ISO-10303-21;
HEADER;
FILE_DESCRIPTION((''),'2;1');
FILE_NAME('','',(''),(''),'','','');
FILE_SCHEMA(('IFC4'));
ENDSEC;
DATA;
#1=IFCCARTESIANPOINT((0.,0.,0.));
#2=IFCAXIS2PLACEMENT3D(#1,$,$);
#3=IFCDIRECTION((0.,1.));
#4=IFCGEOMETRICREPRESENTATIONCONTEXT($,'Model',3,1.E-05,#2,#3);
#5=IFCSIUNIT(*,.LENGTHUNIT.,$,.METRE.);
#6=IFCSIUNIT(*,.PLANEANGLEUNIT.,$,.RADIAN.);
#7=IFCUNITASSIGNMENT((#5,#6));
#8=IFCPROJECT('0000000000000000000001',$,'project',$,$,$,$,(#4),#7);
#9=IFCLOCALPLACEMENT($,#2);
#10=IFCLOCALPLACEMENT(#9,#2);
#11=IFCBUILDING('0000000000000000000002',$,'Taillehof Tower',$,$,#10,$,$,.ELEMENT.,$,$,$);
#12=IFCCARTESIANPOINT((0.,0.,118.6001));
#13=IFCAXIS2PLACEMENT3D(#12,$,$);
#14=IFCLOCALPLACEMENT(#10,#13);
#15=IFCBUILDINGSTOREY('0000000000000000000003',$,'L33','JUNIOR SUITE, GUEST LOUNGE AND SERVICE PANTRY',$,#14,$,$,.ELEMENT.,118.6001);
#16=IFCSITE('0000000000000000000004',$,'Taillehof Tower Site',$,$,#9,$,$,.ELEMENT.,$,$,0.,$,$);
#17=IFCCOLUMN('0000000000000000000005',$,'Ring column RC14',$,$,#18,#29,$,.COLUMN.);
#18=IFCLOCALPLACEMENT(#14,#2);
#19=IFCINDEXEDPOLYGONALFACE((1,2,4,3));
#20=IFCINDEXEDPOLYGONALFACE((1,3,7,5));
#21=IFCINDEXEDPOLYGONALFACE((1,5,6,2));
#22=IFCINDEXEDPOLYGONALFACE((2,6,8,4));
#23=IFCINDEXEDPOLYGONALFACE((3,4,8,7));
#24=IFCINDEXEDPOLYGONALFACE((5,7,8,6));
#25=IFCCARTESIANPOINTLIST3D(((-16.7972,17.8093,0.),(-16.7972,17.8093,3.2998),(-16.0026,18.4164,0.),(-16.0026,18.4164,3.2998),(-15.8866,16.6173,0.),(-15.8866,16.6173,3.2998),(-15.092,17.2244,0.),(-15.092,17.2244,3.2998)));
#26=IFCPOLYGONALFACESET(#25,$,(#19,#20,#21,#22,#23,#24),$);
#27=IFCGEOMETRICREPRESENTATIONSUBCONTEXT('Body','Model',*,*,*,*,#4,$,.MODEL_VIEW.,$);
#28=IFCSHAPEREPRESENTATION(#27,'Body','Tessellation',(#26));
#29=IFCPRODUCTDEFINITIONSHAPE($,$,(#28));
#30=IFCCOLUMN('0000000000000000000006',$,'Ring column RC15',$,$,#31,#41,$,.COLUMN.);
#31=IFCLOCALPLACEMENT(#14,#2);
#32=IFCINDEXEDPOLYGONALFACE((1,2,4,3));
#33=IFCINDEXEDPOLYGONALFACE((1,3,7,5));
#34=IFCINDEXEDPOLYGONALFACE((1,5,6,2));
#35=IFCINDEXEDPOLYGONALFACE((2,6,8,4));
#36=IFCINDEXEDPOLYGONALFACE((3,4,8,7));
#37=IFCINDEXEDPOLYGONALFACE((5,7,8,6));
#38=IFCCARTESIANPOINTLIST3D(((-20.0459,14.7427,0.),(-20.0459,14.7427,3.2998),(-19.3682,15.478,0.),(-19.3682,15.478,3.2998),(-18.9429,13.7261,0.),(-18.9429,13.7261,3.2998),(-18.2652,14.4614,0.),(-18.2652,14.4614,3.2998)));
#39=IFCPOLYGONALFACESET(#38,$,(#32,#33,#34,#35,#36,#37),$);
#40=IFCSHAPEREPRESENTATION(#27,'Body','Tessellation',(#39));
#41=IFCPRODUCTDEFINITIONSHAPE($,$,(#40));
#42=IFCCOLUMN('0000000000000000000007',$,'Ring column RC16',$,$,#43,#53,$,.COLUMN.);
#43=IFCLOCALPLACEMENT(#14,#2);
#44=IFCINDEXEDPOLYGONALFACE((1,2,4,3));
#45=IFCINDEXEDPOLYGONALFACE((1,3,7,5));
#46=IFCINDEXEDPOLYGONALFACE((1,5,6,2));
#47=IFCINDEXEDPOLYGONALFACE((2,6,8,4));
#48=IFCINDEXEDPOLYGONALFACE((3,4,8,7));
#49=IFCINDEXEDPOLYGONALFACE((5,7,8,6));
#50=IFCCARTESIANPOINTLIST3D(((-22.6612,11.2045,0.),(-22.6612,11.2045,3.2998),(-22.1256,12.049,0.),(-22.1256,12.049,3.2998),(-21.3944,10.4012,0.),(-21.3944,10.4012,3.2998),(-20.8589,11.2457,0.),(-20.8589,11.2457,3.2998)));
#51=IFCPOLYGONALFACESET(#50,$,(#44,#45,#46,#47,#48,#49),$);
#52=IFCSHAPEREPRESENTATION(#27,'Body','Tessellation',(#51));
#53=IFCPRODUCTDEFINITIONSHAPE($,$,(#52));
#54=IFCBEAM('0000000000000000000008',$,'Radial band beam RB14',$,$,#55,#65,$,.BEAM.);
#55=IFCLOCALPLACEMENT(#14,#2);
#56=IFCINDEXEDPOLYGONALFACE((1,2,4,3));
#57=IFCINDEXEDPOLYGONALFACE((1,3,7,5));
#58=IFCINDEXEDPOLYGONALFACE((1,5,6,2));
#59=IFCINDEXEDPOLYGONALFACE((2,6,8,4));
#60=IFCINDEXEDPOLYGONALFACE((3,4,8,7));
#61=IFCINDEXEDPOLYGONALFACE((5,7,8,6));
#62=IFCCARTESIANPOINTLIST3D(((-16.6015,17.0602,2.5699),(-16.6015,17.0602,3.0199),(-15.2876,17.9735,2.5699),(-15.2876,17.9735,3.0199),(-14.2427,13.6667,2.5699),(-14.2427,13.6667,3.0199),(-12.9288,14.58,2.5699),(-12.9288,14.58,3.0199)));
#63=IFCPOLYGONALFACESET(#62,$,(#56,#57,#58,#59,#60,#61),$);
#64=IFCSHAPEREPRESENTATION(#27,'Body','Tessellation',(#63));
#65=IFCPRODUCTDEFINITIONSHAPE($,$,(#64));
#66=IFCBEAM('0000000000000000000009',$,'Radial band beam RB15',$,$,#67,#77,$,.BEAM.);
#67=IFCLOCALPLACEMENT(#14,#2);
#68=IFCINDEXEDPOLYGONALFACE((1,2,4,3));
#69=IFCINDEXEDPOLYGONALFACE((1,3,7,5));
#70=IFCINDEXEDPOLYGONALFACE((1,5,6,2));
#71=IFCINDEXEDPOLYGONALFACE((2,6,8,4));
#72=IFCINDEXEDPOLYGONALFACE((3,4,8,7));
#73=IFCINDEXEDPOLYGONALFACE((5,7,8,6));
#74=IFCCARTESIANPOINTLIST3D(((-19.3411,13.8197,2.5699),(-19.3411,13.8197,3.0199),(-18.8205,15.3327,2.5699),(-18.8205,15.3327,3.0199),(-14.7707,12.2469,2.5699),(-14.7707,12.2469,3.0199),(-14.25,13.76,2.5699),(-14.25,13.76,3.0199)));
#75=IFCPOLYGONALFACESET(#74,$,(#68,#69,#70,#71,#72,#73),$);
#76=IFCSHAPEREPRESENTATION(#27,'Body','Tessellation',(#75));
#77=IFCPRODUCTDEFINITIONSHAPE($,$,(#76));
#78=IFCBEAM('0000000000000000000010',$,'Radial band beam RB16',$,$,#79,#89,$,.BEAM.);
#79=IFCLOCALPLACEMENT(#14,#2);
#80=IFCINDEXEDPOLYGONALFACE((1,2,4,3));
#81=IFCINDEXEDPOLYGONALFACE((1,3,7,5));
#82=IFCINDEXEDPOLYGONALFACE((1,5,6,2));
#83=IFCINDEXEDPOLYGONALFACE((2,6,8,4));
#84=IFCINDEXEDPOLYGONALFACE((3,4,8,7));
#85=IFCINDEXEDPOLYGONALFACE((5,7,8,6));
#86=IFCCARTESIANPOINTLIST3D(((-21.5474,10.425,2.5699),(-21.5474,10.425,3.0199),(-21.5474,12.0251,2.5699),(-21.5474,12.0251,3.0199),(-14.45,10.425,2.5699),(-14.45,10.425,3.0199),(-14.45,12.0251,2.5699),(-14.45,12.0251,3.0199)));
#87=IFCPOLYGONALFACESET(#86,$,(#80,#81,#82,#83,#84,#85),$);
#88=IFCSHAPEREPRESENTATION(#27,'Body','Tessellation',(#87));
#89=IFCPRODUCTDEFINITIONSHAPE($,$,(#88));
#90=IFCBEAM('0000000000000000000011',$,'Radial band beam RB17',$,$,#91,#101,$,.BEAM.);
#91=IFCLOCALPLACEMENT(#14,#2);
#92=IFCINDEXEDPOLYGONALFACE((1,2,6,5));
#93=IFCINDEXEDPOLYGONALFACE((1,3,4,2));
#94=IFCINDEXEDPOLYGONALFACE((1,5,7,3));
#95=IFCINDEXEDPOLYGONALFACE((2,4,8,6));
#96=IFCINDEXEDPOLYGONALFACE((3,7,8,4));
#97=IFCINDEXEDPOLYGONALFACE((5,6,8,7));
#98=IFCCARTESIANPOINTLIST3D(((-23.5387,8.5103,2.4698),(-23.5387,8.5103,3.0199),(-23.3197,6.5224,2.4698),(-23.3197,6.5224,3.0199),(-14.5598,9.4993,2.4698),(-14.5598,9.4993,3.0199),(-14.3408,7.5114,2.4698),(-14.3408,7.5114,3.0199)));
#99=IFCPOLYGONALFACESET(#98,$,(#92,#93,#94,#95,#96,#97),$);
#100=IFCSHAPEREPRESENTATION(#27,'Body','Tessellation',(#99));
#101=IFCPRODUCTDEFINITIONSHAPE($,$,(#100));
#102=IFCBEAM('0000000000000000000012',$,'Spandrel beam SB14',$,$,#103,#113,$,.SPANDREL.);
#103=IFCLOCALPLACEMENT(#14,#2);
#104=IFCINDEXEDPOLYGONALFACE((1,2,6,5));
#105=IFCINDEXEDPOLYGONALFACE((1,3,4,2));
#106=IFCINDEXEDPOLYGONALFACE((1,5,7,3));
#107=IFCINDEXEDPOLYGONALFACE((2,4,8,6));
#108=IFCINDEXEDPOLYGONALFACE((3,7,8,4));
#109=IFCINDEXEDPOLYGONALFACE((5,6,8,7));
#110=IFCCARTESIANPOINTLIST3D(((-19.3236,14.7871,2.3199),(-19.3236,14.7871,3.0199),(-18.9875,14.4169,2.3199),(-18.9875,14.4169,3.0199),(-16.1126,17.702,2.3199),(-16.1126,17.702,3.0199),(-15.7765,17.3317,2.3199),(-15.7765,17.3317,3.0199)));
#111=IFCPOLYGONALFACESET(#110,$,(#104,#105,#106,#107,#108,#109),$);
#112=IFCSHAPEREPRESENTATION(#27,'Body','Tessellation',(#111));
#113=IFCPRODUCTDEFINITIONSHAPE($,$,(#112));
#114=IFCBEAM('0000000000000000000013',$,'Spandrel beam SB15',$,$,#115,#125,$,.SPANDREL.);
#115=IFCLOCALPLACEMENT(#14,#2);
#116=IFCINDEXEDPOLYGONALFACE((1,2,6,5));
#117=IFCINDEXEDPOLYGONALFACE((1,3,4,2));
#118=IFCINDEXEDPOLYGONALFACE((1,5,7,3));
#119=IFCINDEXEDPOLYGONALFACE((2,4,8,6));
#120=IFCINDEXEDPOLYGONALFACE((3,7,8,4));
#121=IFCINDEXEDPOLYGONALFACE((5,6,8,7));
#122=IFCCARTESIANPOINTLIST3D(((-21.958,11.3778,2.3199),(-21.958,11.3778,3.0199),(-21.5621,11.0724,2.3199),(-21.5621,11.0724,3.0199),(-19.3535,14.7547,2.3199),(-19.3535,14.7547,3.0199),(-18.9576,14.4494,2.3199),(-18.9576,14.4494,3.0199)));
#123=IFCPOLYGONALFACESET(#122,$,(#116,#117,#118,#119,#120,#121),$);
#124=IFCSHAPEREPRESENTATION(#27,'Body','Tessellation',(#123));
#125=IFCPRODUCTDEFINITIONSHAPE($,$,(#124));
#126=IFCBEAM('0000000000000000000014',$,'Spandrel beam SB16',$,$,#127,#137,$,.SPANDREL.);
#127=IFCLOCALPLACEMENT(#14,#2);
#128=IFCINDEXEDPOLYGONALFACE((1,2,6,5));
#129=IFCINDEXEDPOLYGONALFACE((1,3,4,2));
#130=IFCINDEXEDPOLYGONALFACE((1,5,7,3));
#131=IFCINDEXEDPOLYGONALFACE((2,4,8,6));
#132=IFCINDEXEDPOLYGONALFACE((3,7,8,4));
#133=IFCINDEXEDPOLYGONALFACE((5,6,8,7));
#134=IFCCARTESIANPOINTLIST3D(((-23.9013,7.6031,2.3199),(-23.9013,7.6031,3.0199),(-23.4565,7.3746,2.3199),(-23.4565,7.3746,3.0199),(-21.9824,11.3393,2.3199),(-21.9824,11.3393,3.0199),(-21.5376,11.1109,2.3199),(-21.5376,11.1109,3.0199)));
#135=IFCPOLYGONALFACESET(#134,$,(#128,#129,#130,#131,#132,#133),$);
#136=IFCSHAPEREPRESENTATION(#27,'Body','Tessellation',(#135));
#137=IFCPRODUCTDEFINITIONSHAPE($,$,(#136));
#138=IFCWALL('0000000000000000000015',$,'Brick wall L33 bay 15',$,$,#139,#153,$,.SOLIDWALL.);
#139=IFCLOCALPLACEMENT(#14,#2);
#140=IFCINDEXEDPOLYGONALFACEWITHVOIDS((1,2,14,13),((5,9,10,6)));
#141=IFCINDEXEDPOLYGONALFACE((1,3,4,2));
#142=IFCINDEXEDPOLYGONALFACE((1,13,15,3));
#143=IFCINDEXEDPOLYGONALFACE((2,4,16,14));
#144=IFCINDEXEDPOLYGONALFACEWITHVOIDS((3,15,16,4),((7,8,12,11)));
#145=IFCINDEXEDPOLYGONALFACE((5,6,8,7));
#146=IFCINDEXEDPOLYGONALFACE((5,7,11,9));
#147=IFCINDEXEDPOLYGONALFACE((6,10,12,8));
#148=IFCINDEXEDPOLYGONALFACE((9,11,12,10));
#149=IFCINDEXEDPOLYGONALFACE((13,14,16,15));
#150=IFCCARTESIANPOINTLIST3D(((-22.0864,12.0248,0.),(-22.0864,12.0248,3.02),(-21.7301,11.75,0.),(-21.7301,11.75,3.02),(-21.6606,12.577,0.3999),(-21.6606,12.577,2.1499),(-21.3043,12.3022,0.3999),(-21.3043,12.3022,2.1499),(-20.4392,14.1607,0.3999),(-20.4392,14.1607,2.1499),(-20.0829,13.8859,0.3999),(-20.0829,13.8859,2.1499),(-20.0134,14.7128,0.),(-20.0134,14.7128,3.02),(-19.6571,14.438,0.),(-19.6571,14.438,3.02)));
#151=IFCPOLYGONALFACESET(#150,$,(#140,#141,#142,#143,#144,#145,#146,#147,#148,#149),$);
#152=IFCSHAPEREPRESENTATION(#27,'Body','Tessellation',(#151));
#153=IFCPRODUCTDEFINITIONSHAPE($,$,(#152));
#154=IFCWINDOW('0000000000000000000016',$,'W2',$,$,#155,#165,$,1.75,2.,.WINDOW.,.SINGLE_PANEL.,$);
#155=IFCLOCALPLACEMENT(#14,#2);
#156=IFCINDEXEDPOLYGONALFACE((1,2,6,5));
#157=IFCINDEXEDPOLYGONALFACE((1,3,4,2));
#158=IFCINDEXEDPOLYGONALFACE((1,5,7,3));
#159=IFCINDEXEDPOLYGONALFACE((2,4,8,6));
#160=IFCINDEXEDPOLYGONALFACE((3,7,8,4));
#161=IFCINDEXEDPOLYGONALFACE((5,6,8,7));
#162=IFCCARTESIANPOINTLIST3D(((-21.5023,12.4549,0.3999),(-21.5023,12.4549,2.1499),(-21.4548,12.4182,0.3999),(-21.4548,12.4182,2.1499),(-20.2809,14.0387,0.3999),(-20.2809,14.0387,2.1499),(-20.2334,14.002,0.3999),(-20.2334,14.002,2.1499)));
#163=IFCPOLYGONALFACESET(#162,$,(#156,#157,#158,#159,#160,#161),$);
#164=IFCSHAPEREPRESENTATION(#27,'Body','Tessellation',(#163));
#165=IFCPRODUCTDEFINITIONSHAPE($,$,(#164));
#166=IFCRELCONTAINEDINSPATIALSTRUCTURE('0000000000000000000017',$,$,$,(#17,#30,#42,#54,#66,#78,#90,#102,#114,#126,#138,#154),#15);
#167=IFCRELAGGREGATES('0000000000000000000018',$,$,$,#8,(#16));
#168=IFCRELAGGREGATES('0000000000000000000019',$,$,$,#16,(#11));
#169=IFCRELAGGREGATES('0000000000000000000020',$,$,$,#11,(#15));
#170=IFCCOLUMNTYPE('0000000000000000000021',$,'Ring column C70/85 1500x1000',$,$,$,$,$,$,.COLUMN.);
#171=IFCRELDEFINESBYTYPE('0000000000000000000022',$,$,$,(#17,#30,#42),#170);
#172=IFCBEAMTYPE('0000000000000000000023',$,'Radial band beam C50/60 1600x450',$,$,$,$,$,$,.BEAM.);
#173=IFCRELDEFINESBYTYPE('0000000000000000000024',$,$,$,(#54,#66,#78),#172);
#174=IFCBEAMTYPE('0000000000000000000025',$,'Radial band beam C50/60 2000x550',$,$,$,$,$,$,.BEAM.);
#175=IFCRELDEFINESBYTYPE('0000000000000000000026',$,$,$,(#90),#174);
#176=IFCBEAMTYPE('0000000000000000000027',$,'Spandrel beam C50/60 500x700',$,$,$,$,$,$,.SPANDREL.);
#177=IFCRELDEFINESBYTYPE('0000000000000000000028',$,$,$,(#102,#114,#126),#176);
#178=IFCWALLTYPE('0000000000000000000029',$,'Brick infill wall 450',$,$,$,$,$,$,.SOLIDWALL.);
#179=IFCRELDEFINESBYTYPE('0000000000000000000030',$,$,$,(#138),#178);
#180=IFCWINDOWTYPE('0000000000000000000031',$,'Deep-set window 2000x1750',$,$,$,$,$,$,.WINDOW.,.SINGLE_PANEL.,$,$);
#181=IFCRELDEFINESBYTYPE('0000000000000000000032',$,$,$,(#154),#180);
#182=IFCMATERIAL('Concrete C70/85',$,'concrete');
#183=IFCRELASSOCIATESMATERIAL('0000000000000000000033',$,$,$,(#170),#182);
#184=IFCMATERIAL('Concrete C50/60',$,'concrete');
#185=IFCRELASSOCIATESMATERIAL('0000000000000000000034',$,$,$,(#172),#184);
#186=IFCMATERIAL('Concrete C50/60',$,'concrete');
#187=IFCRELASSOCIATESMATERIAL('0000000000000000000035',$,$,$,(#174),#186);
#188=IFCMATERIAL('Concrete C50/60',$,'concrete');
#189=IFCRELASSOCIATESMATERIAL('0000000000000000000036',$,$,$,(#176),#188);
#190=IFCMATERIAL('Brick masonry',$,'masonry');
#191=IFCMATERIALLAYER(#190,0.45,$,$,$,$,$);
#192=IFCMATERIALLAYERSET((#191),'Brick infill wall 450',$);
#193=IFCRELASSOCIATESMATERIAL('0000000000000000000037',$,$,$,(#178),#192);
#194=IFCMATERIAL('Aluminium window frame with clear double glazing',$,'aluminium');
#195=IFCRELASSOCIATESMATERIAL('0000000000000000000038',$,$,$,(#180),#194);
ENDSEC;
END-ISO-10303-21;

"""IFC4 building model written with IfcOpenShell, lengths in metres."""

from ifc_helpers import new_model, si_unit, direction, frame, frame_2d, origin, origin_2d, place, context, subcontext, project, spatial, rectangle, extrude, material, layer, layer_set, material_profile, profile_set, type_object, element, fill, save


model = new_model("IFC4")

# Units and contexts
model_context = context("Model", 3, precision=1e-05, world=origin(), true_north=direction((0.0, 1.0)))
body_context = subcontext(model_context, "Body", "Model", "MODEL_VIEW")
ifc_project = project(units=[si_unit("LENGTHUNIT", "METRE"), si_unit("PLANEANGLEUNIT", "RADIAN")], contexts=[model_context])

# Site, building, storey
site_placement = place(None, origin())
site = spatial("IfcSite", under=ifc_project, at=site_placement, Name="Taillehof Tower Site", CompositionType="ELEMENT", RefElevation=0.0)
building_placement = place(site_placement, origin())
building = spatial("IfcBuilding", under=site, at=building_placement, Name="Taillehof Tower", CompositionType="ELEMENT")
storey_placement = place(building_placement, frame((0.0, 0.0, 118.6001)))
storey = spatial("IfcBuildingStorey", under=building, at=storey_placement, Name="L33", Description="JUNIOR SUITE, GUEST LOUNGE AND SERVICE PANTRY", CompositionType="ELEMENT", Elevation=118.6001)

# Columns
ifc_material_1 = material(Name="Concrete C70/85", Category="concrete")
ifc_material_profile_1 = material_profile(ifc_material_1, rectangle(XDim=1.5, YDim=1.0, at=origin_2d()), Name="RC 1500x1000")
ifc_profile_set_1 = profile_set([ifc_material_profile_1], Name="Concrete C70/85")
column_type = type_object("IfcColumnType", Name="Ring column C70/85 1500x1000", PredefinedType="COLUMN", material=ifc_profile_set_1)
for number, where, z_axis, x_axis, name in (
    (1, (-15.9446, 17.5168, 0.0), (0.0, 0.0, 1.0), (-0.607074, 0.794645, 0.0), "Ring column RC14"),
    (2, (-19.1555, 14.6021, 0.0), (0.0, 0.0, 1.0), (-0.735332, 0.677707, 0.0), "Ring column RC15"),
    (3, (-21.76, 11.2251, 0.0), (0.0, 0.0, 1.0), (-0.844511, 0.535537, 0.0), "Ring column RC16"),
):
    element("IfcColumn", number, at=place(storey_placement, frame(where, z_axis=z_axis, x_axis=x_axis)), inside=storey, type_object=column_type, Name=name, PredefinedType="COLUMN", context=body_context, shape_type="SweptSolid", body=[
        extrude(rectangle(XDim=1.5, YDim=1.0, at=origin_2d()), origin(), (0.0, 0.0, 1.0), 3.2998),
    ])

# Beams
ifc_material_2 = material(Name="Concrete C50/60", Category="concrete")
ifc_material_profile_2 = material_profile(ifc_material_2, rectangle(XDim=1.6001, YDim=0.45, at=origin_2d()), Name="RC 1600x450")
ifc_profile_set_2 = profile_set([ifc_material_profile_2], Name="Concrete C50/60")
beam_type_1 = type_object("IfcBeamType", Name="Radial band beam C50/60 1600x450", PredefinedType="BEAM", material=ifc_profile_set_2)
beam_1_placement = place(storey_placement, frame((-15.9446, 17.5168, 2.7949), z_axis=(0.570763, -0.821115, 0.0), x_axis=(0.821115, 0.570763, 0.0)))
element("IfcBeam", 4, at=beam_1_placement, inside=storey, type_object=beam_type_1, Name="Radial band beam RB14", PredefinedType="BEAM", context=body_context, shape_type="SweptSolid", body=[
    extrude(rectangle(XDim=1.6001, YDim=0.45, at=origin_2d()), origin(), (0.0, 0.0, 1.0), 4.1328),
])
beam_2_placement = place(storey_placement, frame((-19.0808, 14.5762, 2.7949), z_axis=(0.945583, -0.32538, 0.0), x_axis=(0.32538, 0.945583, 0.0)))
element("IfcBeam", 5, at=beam_2_placement, inside=storey, type_object=beam_type_1, Name="Radial band beam RB15", PredefinedType="BEAM", context=body_context, shape_type="SweptSolid", body=[
    extrude(rectangle(XDim=1.6001, YDim=0.45, at=origin_2d()), origin(), (0.0, 0.0, 1.0), 4.8335),
])
beam_3_placement = place(storey_placement, frame((-21.5474, 11.2251, 2.7949), z_axis=(1.0, 0.0, 0.0), x_axis=(0.0, 1.0, 0.0)))
element("IfcBeam", 6, at=beam_3_placement, inside=storey, type_object=beam_type_1, Name="Radial band beam RB16", PredefinedType="BEAM", context=body_context, shape_type="SweptSolid", body=[
    extrude(rectangle(XDim=1.6001, YDim=0.45, at=origin_2d()), origin(), (0.0, 0.0, 1.0), 7.0974),
])
ifc_material_3 = material(Name="Concrete C50/60", Category="concrete")
ifc_material_profile_3 = material_profile(ifc_material_3, rectangle(XDim=2.0, YDim=0.55, at=origin_2d()), Name="RC 2000x550")
ifc_profile_set_3 = profile_set([ifc_material_profile_3], Name="Concrete C50/60")
beam_type_2 = type_object("IfcBeamType", Name="Radial band beam C50/60 2000x550", PredefinedType="BEAM", material=ifc_profile_set_3)
beam_4_placement = place(storey_placement, frame((-23.4292, 7.5164, 2.7449), z_axis=(0.993988, 0.109485, 0.0), x_axis=(-0.109485, 0.993988, 0.0)))
element("IfcBeam", 7, at=beam_4_placement, inside=storey, type_object=beam_type_2, Name="Radial band beam RB17", PredefinedType="BEAM", context=body_context, shape_type="SweptSolid", body=[
    extrude(rectangle(XDim=2.0, YDim=0.55, at=origin_2d()), origin(), (0.0, 0.0, 1.0), 9.0332),
])
ifc_material_4 = material(Name="Concrete C50/60", Category="concrete")
ifc_material_profile_4 = material_profile(ifc_material_4, rectangle(XDim=0.5, YDim=0.7, at=origin_2d()), Name="RC 500x700")
ifc_profile_set_4 = profile_set([ifc_material_profile_4], Name="Concrete C50/60")
beam_type_3 = type_object("IfcBeamType", Name="Spandrel beam C50/60 500x700", PredefinedType="SPANDREL", material=ifc_profile_set_4)
beam_5_placement = place(storey_placement, frame((-15.9446, 17.5168, 2.6699), z_axis=(-0.740426, -0.672137, 0.0), x_axis=(0.672137, -0.740426, 0.0)))
element("IfcBeam", 8, at=beam_5_placement, inside=storey, type_object=beam_type_3, Name="Spandrel beam SB14", PredefinedType="SPANDREL", context=body_context, shape_type="SweptSolid", body=[
    extrude(rectangle(XDim=0.5, YDim=0.7, at=origin_2d()), origin(), (0.0, 0.0, 1.0), 4.3367),
])
beam_6_placement = place(storey_placement, frame((-19.1555, 14.6021, 2.6699), z_axis=(-0.610717, -0.791849, 0.0), x_axis=(0.791849, -0.610717, 0.0)))
element("IfcBeam", 9, at=beam_6_placement, inside=storey, type_object=beam_type_3, Name="Spandrel beam SB15", PredefinedType="SPANDREL", context=body_context, shape_type="SweptSolid", body=[
    extrude(rectangle(XDim=0.5, YDim=0.7, at=origin_2d()), origin(), (0.0, 0.0, 1.0), 4.2646),
])
beam_7_placement = place(storey_placement, frame((-21.76, 11.2251, 2.6699), z_axis=(-0.456859, -0.889539, 0.0), x_axis=(0.889539, -0.456859, 0.0)))
element("IfcBeam", 10, at=beam_7_placement, inside=storey, type_object=beam_type_3, Name="Spandrel beam SB16", PredefinedType="SPANDREL", context=body_context, shape_type="SweptSolid", body=[
    extrude(rectangle(XDim=0.5, YDim=0.7, at=origin_2d()), origin(), (0.0, 0.0, 1.0), 4.2002),
])

# Wall, opening, window
ifc_material_5 = material(Name="Brick masonry", Category="masonry")
ifc_layer_1 = layer(ifc_material_5, 0.45)
ifc_layer_set_1 = layer_set([ifc_layer_1], Name="Brick infill wall 450")
wall_type_1 = type_object("IfcWallType", Name="Brick infill wall 450", PredefinedType="SOLIDWALL", material=ifc_layer_set_1)
wall_1_placement = place(storey_placement, frame((-19.8352, 14.5754, 0.0), z_axis=(0.0, 0.0, 1.0), x_axis=(-0.610694, -0.791867, 0.0)))
wall_1 = element("IfcWall", 11, at=wall_1_placement, inside=storey, type_object=wall_type_1, Name="Brick wall L33 bay 15", PredefinedType="SOLIDWALL", context=body_context, shape_type="SweptSolid", body=[
    extrude(rectangle(XDim=3.3945, YDim=0.45, at=frame_2d((1.6973, 0.0))), origin(), (0.0, 0.0, 1.0), 3.02),
])
opening_1_placement = place(wall_1_placement, frame((0.6973, 0.0, 0.3999)))
opening_1 = element("IfcOpeningElement", 12, at=opening_1_placement, cuts=wall_1, PredefinedType="OPENING", context=body_context, shape_type="SweptSolid", body=[
    extrude(rectangle(XDim=2.0, YDim=1.75, at=frame_2d((1.0, 0.875))), frame((0.0, 0.2349, 0.0), z_axis=(0.0, -1.0, 0.0), x_axis=(1.0, 0.0, 0.0)), (0.0, 0.0, 1.0), 0.47),
])
ifc_material_6 = material(Name="Aluminium window frame with clear double glazing", Category="aluminium")
window_type_1 = type_object("IfcWindowType", Name="Deep-set window 2000x1750", PartitioningType="SINGLE_PANEL", PredefinedType="WINDOW", material=ifc_material_6)
window_1_placement = place(opening_1_placement, origin())
window_1 = element("IfcWindow", 13, at=window_1_placement, inside=storey, type_object=window_type_1, Name="W2", OverallHeight=1.75, OverallWidth=2.0, PartitioningType="SINGLE_PANEL", PredefinedType="WINDOW", context=body_context, shape_type="SweptSolid", body=[
    extrude(rectangle(XDim=2.0, YDim=1.75, at=frame_2d((1.0, 0.875))), frame((0.0, 0.0349, 0.0), z_axis=(0.0, -1.0, 0.0), x_axis=(1.0, 0.0, 0.0)), (0.0, 0.0, 1.0), 0.0601),
])
fill(opening_1, window_1)

save(model, "model.ifc")
